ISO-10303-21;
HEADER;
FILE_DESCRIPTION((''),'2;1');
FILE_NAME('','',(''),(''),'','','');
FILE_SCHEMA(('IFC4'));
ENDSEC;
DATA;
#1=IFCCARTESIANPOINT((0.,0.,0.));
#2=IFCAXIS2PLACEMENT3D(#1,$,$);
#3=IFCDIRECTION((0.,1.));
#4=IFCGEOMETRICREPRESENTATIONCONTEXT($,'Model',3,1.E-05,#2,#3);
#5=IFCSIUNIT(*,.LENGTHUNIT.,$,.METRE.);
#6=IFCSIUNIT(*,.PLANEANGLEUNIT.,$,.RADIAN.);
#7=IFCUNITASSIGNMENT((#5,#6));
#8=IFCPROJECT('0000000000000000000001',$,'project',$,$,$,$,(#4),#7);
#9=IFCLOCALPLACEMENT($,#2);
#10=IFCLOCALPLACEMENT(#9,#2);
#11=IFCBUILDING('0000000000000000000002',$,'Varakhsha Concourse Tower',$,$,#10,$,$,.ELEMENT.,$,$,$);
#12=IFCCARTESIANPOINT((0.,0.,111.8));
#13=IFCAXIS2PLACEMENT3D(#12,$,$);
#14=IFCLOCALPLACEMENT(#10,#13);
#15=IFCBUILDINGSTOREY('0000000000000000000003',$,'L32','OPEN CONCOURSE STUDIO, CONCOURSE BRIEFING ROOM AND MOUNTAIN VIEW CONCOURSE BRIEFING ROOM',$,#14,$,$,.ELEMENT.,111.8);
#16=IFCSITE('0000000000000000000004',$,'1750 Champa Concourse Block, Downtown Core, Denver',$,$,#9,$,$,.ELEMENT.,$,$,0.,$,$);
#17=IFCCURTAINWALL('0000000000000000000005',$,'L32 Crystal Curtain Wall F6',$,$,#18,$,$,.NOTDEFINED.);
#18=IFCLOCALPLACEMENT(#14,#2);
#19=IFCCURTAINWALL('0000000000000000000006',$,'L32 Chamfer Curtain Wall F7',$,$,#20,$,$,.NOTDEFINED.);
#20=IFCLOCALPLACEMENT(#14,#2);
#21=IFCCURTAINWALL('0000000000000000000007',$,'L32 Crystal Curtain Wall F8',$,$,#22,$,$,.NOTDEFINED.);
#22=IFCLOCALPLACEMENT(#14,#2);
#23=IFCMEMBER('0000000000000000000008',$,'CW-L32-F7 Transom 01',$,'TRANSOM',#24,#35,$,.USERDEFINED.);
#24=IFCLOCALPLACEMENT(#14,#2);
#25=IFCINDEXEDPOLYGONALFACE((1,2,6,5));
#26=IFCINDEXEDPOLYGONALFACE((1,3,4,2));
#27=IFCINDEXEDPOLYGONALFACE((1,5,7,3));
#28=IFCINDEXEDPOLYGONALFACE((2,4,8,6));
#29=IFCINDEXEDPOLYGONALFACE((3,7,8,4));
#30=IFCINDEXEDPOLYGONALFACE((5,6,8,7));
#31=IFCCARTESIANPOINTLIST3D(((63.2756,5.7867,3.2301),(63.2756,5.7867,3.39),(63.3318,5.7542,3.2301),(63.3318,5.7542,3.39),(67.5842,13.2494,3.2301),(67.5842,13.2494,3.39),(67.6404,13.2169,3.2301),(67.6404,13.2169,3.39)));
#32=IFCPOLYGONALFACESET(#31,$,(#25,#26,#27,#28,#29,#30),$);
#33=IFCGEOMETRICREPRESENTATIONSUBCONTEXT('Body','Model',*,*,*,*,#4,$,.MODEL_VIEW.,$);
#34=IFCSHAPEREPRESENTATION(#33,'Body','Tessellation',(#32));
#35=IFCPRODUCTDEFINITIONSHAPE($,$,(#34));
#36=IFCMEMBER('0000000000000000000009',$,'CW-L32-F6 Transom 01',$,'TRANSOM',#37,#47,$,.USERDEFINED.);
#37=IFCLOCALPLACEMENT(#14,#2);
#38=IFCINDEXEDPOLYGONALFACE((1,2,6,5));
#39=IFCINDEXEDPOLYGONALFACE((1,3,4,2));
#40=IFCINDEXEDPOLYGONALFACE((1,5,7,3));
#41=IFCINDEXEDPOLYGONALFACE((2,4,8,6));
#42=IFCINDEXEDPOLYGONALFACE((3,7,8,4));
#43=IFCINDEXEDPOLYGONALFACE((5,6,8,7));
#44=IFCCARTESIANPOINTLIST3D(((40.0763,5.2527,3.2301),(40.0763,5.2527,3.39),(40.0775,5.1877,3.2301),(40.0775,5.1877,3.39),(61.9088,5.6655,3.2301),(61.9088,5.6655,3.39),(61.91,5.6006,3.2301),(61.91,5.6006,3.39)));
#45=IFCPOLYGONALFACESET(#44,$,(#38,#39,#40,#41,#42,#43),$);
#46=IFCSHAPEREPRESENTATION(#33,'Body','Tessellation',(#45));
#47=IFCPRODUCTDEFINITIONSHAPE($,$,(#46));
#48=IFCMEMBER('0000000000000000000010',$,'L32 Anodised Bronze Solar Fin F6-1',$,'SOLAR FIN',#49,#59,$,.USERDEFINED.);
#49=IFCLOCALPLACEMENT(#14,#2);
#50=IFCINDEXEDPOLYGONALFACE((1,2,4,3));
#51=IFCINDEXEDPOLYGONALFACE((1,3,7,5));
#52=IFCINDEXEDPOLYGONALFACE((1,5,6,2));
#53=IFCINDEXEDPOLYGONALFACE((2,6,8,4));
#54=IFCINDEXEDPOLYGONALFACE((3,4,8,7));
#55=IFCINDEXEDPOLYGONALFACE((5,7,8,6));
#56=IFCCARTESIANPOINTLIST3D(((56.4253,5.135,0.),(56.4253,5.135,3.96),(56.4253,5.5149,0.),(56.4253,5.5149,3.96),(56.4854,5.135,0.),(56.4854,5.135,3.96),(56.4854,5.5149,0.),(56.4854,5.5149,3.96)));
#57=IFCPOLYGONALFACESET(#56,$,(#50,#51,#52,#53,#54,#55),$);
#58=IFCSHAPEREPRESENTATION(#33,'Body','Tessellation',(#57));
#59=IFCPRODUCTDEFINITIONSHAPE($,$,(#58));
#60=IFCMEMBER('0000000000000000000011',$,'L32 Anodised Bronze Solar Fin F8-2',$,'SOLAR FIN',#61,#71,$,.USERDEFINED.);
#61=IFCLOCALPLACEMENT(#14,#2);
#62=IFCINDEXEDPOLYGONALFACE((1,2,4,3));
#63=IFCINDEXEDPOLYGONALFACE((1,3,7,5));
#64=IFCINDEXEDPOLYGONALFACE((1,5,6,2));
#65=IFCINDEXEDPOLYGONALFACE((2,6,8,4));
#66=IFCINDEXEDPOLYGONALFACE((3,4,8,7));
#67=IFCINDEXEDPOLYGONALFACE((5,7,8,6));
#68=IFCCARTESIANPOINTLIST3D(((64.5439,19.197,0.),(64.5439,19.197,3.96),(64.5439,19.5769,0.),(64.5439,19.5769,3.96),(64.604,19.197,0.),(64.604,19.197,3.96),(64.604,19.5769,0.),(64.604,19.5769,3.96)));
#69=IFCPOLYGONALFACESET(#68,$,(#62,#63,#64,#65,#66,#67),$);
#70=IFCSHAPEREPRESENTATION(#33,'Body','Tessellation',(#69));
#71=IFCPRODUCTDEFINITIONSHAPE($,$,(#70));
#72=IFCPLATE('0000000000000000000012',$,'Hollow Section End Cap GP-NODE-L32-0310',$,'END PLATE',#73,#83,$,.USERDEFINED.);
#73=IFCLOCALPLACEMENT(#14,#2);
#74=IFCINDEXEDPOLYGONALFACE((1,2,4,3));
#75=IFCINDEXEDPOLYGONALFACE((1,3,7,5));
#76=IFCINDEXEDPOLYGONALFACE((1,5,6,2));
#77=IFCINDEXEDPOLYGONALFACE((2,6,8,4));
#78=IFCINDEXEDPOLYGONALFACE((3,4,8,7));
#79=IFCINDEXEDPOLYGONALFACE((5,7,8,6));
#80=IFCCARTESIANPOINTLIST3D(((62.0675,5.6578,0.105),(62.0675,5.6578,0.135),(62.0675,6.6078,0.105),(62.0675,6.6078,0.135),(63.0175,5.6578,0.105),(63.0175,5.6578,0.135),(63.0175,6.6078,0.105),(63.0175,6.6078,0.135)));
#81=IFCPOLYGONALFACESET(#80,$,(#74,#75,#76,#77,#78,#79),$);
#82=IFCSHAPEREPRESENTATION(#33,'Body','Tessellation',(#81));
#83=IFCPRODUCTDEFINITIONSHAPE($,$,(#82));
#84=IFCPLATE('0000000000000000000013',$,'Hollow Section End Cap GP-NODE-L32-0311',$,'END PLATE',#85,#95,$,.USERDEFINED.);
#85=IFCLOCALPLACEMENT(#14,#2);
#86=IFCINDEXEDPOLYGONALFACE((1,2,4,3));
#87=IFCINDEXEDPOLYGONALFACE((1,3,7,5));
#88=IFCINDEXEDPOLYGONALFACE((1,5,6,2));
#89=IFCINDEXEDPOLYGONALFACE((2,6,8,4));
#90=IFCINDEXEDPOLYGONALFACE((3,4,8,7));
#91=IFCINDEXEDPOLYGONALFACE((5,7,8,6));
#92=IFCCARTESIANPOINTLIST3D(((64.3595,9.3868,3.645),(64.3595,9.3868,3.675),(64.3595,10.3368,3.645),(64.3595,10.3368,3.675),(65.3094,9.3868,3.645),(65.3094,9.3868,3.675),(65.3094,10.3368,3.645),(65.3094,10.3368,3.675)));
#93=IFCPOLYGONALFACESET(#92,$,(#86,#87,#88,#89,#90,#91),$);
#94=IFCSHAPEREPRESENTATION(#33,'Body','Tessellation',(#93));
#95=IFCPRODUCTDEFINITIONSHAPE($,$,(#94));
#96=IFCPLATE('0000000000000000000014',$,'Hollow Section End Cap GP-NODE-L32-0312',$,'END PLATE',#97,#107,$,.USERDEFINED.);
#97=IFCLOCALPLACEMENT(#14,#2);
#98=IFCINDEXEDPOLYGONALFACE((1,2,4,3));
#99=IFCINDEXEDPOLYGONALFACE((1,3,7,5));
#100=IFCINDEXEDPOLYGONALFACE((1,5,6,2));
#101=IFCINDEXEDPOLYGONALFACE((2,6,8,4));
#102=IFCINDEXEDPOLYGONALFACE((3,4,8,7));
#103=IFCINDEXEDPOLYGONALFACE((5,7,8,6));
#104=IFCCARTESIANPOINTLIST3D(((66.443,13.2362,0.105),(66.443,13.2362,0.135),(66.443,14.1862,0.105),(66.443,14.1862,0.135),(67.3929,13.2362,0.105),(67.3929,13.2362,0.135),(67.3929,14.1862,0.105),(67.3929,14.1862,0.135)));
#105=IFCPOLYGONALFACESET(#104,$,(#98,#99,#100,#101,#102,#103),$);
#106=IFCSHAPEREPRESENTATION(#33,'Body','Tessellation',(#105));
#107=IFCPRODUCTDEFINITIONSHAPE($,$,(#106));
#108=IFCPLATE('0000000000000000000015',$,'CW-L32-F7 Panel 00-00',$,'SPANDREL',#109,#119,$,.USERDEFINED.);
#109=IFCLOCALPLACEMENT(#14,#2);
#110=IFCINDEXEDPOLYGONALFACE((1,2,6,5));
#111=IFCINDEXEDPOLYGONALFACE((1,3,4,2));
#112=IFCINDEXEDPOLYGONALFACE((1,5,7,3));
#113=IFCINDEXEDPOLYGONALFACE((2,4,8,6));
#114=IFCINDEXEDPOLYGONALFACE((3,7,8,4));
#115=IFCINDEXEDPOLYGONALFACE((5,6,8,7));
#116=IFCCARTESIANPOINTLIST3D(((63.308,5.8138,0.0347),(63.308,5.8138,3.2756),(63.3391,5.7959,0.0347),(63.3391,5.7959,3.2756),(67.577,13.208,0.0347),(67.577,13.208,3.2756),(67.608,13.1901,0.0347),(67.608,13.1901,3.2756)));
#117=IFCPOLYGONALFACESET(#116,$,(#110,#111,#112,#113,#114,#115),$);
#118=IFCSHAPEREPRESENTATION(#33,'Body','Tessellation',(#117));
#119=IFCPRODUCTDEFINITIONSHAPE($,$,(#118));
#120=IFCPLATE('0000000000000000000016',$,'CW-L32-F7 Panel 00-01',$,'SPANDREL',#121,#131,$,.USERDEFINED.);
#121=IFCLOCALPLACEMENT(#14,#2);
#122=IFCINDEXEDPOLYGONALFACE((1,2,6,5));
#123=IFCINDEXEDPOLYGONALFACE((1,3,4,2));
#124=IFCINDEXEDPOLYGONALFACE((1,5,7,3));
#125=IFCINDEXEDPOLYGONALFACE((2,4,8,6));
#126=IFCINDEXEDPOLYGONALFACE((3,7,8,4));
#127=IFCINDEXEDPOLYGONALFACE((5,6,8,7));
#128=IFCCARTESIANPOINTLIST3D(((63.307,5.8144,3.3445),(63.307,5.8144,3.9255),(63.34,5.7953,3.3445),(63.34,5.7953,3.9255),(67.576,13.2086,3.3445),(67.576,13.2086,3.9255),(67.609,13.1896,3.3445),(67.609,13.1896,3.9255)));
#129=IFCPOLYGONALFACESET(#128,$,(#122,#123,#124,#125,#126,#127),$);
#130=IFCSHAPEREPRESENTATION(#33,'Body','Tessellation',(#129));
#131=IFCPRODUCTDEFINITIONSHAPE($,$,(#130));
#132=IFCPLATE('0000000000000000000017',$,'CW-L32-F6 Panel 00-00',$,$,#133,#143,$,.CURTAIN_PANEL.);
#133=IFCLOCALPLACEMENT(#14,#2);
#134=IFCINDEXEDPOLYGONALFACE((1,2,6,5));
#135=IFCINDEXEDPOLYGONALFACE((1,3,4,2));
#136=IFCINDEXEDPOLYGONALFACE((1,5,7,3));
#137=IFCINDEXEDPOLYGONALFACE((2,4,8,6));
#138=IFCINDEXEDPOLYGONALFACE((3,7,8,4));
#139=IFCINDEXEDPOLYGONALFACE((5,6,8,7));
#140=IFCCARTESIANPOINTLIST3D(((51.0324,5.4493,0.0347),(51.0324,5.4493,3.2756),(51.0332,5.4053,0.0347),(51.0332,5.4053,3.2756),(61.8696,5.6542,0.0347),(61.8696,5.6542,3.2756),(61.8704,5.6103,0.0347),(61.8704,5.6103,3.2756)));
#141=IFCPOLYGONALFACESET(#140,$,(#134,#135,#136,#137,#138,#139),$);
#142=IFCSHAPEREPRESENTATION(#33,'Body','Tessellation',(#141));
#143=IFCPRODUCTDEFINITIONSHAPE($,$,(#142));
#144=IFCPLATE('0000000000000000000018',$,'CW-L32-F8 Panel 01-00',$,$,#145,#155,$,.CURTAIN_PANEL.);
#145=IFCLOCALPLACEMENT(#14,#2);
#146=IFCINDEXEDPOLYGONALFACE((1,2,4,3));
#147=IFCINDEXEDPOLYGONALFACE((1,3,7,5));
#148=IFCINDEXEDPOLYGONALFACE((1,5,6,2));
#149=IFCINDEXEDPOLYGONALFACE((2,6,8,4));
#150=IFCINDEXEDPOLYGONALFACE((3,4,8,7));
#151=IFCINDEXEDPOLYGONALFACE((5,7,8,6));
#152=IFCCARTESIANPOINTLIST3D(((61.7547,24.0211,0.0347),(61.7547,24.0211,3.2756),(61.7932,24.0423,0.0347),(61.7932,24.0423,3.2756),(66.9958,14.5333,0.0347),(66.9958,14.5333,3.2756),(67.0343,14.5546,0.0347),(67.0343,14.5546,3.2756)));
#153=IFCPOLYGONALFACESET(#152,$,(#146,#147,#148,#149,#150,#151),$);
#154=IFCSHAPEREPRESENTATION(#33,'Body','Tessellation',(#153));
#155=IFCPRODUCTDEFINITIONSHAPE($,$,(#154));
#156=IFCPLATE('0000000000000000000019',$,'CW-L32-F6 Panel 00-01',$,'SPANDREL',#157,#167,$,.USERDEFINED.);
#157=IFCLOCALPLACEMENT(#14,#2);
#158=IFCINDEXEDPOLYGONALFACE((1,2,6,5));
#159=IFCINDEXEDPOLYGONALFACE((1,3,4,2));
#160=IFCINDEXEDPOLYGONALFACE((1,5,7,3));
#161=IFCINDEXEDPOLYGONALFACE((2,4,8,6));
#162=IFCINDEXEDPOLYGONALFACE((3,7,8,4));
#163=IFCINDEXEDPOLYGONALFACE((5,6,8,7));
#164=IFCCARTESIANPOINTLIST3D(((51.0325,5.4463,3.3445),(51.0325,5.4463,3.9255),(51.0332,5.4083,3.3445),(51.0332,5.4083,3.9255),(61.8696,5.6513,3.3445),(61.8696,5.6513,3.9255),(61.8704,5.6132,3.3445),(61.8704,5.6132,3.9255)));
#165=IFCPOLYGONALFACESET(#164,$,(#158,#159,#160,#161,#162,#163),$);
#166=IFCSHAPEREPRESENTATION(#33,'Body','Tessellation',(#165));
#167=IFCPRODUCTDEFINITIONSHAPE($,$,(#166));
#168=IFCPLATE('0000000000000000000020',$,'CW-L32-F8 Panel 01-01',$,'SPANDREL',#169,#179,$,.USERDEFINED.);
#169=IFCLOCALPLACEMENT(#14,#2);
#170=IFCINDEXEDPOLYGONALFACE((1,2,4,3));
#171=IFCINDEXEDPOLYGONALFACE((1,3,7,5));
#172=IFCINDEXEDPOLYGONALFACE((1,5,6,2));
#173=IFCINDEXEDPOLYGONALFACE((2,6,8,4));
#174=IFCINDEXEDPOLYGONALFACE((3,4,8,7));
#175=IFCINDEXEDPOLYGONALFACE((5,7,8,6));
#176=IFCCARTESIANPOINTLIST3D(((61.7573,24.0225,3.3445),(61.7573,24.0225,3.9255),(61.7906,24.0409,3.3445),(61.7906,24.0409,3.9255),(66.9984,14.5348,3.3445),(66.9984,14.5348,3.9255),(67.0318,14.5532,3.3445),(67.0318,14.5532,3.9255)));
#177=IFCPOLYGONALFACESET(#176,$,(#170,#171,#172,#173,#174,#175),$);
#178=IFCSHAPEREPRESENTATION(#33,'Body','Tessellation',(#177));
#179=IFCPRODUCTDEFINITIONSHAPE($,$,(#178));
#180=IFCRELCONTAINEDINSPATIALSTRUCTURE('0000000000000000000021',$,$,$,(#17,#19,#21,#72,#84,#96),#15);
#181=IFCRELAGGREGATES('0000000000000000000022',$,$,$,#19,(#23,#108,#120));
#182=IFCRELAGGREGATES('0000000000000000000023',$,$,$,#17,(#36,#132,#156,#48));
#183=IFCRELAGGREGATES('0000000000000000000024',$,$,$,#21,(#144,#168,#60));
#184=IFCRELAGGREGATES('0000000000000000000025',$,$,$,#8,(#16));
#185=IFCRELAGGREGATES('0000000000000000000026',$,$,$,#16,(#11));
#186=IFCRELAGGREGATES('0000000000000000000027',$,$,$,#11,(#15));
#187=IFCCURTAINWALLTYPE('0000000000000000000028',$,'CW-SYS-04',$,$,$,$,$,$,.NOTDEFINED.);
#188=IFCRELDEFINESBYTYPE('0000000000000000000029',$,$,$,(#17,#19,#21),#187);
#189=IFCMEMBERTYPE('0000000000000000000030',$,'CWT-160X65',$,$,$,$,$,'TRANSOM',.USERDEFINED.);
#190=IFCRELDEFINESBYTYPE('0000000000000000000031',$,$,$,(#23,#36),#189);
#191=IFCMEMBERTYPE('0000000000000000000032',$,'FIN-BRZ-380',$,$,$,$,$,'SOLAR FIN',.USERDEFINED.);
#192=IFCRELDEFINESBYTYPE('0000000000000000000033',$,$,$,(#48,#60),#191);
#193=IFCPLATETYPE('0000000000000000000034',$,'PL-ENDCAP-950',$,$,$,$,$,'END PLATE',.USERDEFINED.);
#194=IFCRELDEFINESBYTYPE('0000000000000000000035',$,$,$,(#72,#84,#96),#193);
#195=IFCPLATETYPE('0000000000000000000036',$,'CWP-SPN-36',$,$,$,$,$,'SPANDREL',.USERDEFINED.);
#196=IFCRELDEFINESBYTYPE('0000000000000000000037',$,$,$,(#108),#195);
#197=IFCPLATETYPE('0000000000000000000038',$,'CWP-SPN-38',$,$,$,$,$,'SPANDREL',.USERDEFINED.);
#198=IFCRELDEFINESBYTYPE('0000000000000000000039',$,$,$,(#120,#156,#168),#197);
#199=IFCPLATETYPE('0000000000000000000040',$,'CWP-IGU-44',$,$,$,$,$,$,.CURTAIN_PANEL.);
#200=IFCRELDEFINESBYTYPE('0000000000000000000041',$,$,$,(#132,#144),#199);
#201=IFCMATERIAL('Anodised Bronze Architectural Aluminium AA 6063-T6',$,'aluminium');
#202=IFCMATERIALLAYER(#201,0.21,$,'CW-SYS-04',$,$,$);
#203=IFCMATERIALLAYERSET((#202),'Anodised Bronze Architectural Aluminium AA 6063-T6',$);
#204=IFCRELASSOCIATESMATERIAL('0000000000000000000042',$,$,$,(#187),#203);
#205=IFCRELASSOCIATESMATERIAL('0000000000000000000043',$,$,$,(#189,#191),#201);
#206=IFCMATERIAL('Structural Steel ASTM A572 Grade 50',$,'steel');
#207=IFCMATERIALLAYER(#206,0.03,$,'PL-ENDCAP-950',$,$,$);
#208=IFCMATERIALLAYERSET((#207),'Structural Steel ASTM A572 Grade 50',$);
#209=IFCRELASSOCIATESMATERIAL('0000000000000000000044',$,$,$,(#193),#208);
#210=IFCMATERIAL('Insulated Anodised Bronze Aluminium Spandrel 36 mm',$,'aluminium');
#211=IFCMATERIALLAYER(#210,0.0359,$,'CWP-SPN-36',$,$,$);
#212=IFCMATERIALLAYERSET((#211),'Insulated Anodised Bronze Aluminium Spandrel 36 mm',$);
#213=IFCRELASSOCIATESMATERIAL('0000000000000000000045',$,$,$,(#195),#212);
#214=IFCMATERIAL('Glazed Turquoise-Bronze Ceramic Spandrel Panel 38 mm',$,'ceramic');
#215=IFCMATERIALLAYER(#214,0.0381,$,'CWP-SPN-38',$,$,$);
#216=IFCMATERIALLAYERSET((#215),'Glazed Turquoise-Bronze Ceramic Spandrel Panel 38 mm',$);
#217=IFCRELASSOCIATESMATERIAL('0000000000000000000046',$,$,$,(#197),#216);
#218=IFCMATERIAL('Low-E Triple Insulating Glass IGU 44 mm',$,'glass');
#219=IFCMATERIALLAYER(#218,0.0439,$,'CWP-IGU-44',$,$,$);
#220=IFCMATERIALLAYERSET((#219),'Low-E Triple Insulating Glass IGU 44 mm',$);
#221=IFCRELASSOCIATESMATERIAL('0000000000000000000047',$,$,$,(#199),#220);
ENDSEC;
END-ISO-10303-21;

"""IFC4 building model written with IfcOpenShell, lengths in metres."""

from ifc_helpers import new_model, si_unit, direction, frame, origin, origin_2d, place, context, subcontext, project, spatial, rectangle, extrude, source, transform, mapped, material, layer, layer_set, material_profile, profile_set, type_object, type_shapes, element, aggregate, save


model = new_model("IFC4")

# Units and contexts
model_context = context("Model", 3, precision=1e-05, world=origin(), true_north=direction((0.0, 1.0)))
body_context = subcontext(model_context, "Body", "Model", "MODEL_VIEW")
ifc_project = project(units=[si_unit("LENGTHUNIT", "METRE"), si_unit("PLANEANGLEUNIT", "RADIAN")], contexts=[model_context])

# Site, building, storey
site_placement = place(None, origin())
site = spatial("IfcSite", under=ifc_project, at=site_placement, Name="1750 Champa Concourse Block, Downtown Core, Denver", CompositionType="ELEMENT", RefElevation=0.0)
building_placement = place(site_placement, origin())
building = spatial("IfcBuilding", under=site, at=building_placement, Name="Varakhsha Concourse Tower", CompositionType="ELEMENT")
storey_placement = place(building_placement, frame((0.0, 0.0, 111.8)))
storey = spatial("IfcBuildingStorey", under=building, at=storey_placement, Name="L32", Description="OPEN CONCOURSE STUDIO, CONCOURSE BRIEFING ROOM AND MOUNTAIN VIEW CONCOURSE BRIEFING ROOM", CompositionType="ELEMENT", Elevation=111.8)

# Shared definitions
ifc_material_1 = material(Name="Structural Steel ASTM A572 Grade 50", Category="steel")

# Curtain wall
ifc_material_2 = material(Name="Anodised Bronze Architectural Aluminium AA 6063-T6", Category="aluminium")
ifc_layer_1 = layer(ifc_material_2, 0.21, Name="CW-SYS-04")
ifc_layer_set_1 = layer_set([ifc_layer_1], Name="Anodised Bronze Architectural Aluminium AA 6063-T6")
curtain_wall_type = type_object("IfcCurtainWallType", Name="CW-SYS-04", PredefinedType="NOTDEFINED", material=ifc_layer_set_1)
curtain_wall_1_placement = place(storey_placement, origin())
curtain_wall_1 = element("IfcCurtainWall", 1, at=curtain_wall_1_placement, inside=storey, type_object=curtain_wall_type, Name="L32 Crystal Curtain Wall F6", PredefinedType="NOTDEFINED")

# Curtain wall
curtain_wall_2_placement = place(storey_placement, origin())
curtain_wall_2 = element("IfcCurtainWall", 2, at=curtain_wall_2_placement, inside=storey, type_object=curtain_wall_type, Name="L32 Chamfer Curtain Wall F7", PredefinedType="NOTDEFINED")

# Curtain wall
curtain_wall_3_placement = place(storey_placement, origin())
curtain_wall_3 = element("IfcCurtainWall", 3, at=curtain_wall_3_placement, inside=storey, type_object=curtain_wall_type, Name="L32 Crystal Curtain Wall F8", PredefinedType="NOTDEFINED")

# Members
ifc_material_profile_1 = material_profile(ifc_material_2, rectangle(XDim=0.0649, YDim=0.1599, at=origin_2d()), Name="CWT-160X65")
ifc_profile_set_1 = profile_set([ifc_material_profile_1], Name="Anodised Bronze Architectural Aluminium AA 6063-T6")
member_type_1 = type_object("IfcMemberType", Name="CWT-160X65", ElementType="TRANSOM", PredefinedType="USERDEFINED", material=ifc_profile_set_1)
shared_shape_1 = source(origin(), body_context, "Body", "SweptSolid", [
    extrude(rectangle(XDim=0.0649, YDim=0.1599, at=origin_2d()), origin(), (0.0, 0.0, 1.0), 8.6172),
])
member_1_placement = place(storey_placement, frame((67.6123, 13.2332, 3.3101), z_axis=(-0.500003, -0.866024, 0.0), x_axis=(0.866024, -0.500003, 0.0)))
member_1 = element("IfcMember", 4, at=member_1_placement, type_object=member_type_1, Name="CW-L32-F7 Transom 01", ObjectType="TRANSOM", PredefinedType="USERDEFINED", context=body_context, shape_type="MappedRepresentation", body=[
    mapped(shared_shape_1, transform((0.0, 0.0, 0.0), scale=1.0)),
])
shared_shape_2 = source(origin(), body_context, "Body", "SweptSolid", [
    extrude(rectangle(XDim=0.0649, YDim=0.1599, at=origin_2d()), origin(), (0.0, 0.0, 1.0), 21.8364),
])
type_shapes(member_type_1, [shared_shape_1, shared_shape_2])
member_2_placement = place(storey_placement, frame((61.9094, 5.6331, 3.3101), z_axis=(-0.999821, -0.018906, 0.0), x_axis=(0.018906, -0.999821, 0.0)))
member_2 = element("IfcMember", 5, at=member_2_placement, type_object=member_type_1, Name="CW-L32-F6 Transom 01", ObjectType="TRANSOM", PredefinedType="USERDEFINED", context=body_context, shape_type="MappedRepresentation", body=[
    mapped(shared_shape_2, transform((0.0, 0.0, 0.0), scale=1.0)),
])
ifc_material_profile_2 = material_profile(ifc_material_2, rectangle(XDim=0.0601, YDim=0.3799, at=origin_2d()), Name="FIN-BRZ-380")
ifc_profile_set_2 = profile_set([ifc_material_profile_2], Name="Anodised Bronze Architectural Aluminium AA 6063-T6")
member_type_2 = type_object("IfcMemberType", Name="FIN-BRZ-380", ElementType="SOLAR FIN", PredefinedType="USERDEFINED", material=ifc_profile_set_2)
shared_shape_3 = source(origin(), body_context, "Body", "SweptSolid", [
    extrude(rectangle(XDim=0.0601, YDim=0.3799, at=origin_2d()), origin(), (0.0, 0.0, 1.0), 3.96),
])
type_shapes(member_type_2, [shared_shape_3])
member_3_placement = place(storey_placement, frame((56.4553, 5.325, 0.0), z_axis=(0.0, 0.0, 1.0), x_axis=(1.0, 0.0, 0.0)))
member_3 = element("IfcMember", 6, at=member_3_placement, type_object=member_type_2, Name="L32 Anodised Bronze Solar Fin F6-1", ObjectType="SOLAR FIN", PredefinedType="USERDEFINED", context=body_context, shape_type="MappedRepresentation", body=[
    mapped(shared_shape_3, transform((0.0, 0.0, 0.0), scale=1.0)),
])
member_4_placement = place(storey_placement, frame((64.574, 19.387, 0.0), z_axis=(0.0, 0.0, 1.0), x_axis=(1.0, 0.0, 0.0)))
member_4 = element("IfcMember", 7, at=member_4_placement, type_object=member_type_2, Name="L32 Anodised Bronze Solar Fin F8-2", ObjectType="SOLAR FIN", PredefinedType="USERDEFINED", context=body_context, shape_type="MappedRepresentation", body=[
    mapped(shared_shape_3, transform((0.0, 0.0, 0.0), scale=1.0)),
])

# Plates
ifc_layer_2 = layer(ifc_material_1, 0.03, Name="PL-ENDCAP-950")
ifc_layer_set_2 = layer_set([ifc_layer_2], Name="Structural Steel ASTM A572 Grade 50")
plate_type_1 = type_object("IfcPlateType", Name="PL-ENDCAP-950", ElementType="END PLATE", PredefinedType="USERDEFINED", material=ifc_layer_set_2)
shared_shape_4 = source(origin(), body_context, "Body", "SweptSolid", [
    extrude(rectangle(XDim=0.95, YDim=0.95, at=origin_2d()), origin(), (0.0, 0.0, 1.0), 0.03),
])
type_shapes(plate_type_1, [shared_shape_4])
for number, where, z_axis, x_axis, name in (
    (8, (62.5425, 6.1328, 0.105), (0.0, 0.0, 1.0), (1.0, 0.0, 0.0), "Hollow Section End Cap GP-NODE-L32-0310"),
    (9, (64.8345, 9.8618, 3.645), (0.0, 0.0, 1.0), (1.0, 0.0, 0.0), "Hollow Section End Cap GP-NODE-L32-0311"),
    (10, (66.918, 13.7112, 0.105), (0.0, 0.0, 1.0), (1.0, 0.0, 0.0), "Hollow Section End Cap GP-NODE-L32-0312"),
):
    element("IfcPlate", number, at=place(storey_placement, frame(where, z_axis=z_axis, x_axis=x_axis)), inside=storey, type_object=plate_type_1, Name=name, ObjectType="END PLATE", PredefinedType="USERDEFINED", context=body_context, shape_type="MappedRepresentation", body=[
        mapped(shared_shape_4, transform((0.0, 0.0, 0.0), scale=1.0)),
    ])

# Plates
ifc_material_3 = material(Name="Insulated Anodised Bronze Aluminium Spandrel 36 mm", Category="aluminium")
ifc_layer_3 = layer(ifc_material_3, 0.0359, Name="CWP-SPN-36")
ifc_layer_set_3 = layer_set([ifc_layer_3], Name="Insulated Anodised Bronze Aluminium Spandrel 36 mm")
plate_type_2 = type_object("IfcPlateType", Name="CWP-SPN-36", ElementType="SPANDREL", PredefinedType="USERDEFINED", material=ifc_layer_set_3)
shared_shape_5 = source(origin(), body_context, "Body", "SweptSolid", [
    extrude(rectangle(XDim=8.5381, YDim=0.0359, at=origin_2d()), origin(), (0.0, 0.0, 1.0), 3.241),
])
type_shapes(plate_type_2, [shared_shape_5])
plate_1_placement = place(storey_placement, frame((65.458, 9.502, 0.0347), z_axis=(0.0, 0.0, 1.0), x_axis=(-0.499992, -0.86603, 0.0)))
plate_1 = element("IfcPlate", 11, at=plate_1_placement, type_object=plate_type_2, Name="CW-L32-F7 Panel 00-00", ObjectType="SPANDREL", PredefinedType="USERDEFINED", context=body_context, shape_type="MappedRepresentation", body=[
    mapped(shared_shape_5, transform((0.0, 0.0, 0.0), scale=1.0)),
])
ifc_material_4 = material(Name="Glazed Turquoise-Bronze Ceramic Spandrel Panel 38 mm", Category="ceramic")
ifc_layer_4 = layer(ifc_material_4, 0.0381, Name="CWP-SPN-38")
ifc_layer_set_4 = layer_set([ifc_layer_4], Name="Glazed Turquoise-Bronze Ceramic Spandrel Panel 38 mm")
plate_type_3 = type_object("IfcPlateType", Name="CWP-SPN-38", ElementType="SPANDREL", PredefinedType="USERDEFINED", material=ifc_layer_set_4)
shared_shape_6 = source(origin(), body_context, "Body", "SweptSolid", [
    extrude(rectangle(XDim=8.5381, YDim=0.0381, at=origin_2d()), origin(), (0.0, 0.0, 1.0), 0.5811),
])
plate_2_placement = place(storey_placement, frame((65.458, 9.502, 3.3445), z_axis=(0.0, 0.0, 1.0), x_axis=(-0.499992, -0.86603, 0.0)))
plate_2 = element("IfcPlate", 12, at=plate_2_placement, type_object=plate_type_3, Name="CW-L32-F7 Panel 00-01", ObjectType="SPANDREL", PredefinedType="USERDEFINED", context=body_context, shape_type="MappedRepresentation", body=[
    mapped(shared_shape_6, transform((0.0, 0.0, 0.0), scale=1.0)),
])
aggregate(curtain_wall_2, [member_1, plate_1, plate_2])
ifc_material_5 = material(Name="Low-E Triple Insulating Glass IGU 44 mm", Category="glass")
ifc_layer_5 = layer(ifc_material_5, 0.0439, Name="CWP-IGU-44")
ifc_layer_set_5 = layer_set([ifc_layer_5], Name="Low-E Triple Insulating Glass IGU 44 mm")
plate_type_4 = type_object("IfcPlateType", Name="CWP-IGU-44", PredefinedType="CURTAIN_PANEL", material=ifc_layer_set_5)
shared_shape_7 = source(origin(), body_context, "Body", "SweptSolid", [
    extrude(rectangle(XDim=10.8391, YDim=0.0439, at=origin_2d()), origin(), (0.0, 0.0, 1.0), 3.241),
])
type_shapes(plate_type_4, [shared_shape_7])
plate_3_placement = place(storey_placement, frame((56.4514, 5.5298, 0.0347), z_axis=(0.0, 0.0, 1.0), x_axis=(-0.999821, -0.01891, 0.0)))
plate_3 = element("IfcPlate", 13, at=plate_3_placement, type_object=plate_type_4, Name="CW-L32-F6 Panel 00-00", PredefinedType="CURTAIN_PANEL", context=body_context, shape_type="MappedRepresentation", body=[
    mapped(shared_shape_7, transform((0.0, 0.0, 0.0), scale=1.0)),
])
plate_4_placement = place(storey_placement, frame((64.3945, 19.2878, 0.0347), z_axis=(0.0, 0.0, 1.0), x_axis=(0.483536, -0.875324, 0.0)))
plate_4 = element("IfcPlate", 14, at=plate_4_placement, type_object=plate_type_4, Name="CW-L32-F8 Panel 01-00", PredefinedType="CURTAIN_PANEL", context=body_context, shape_type="MappedRepresentation", body=[
    mapped(shared_shape_7, transform((0.0, 0.0, 0.0), scale=1.0)),
])
shared_shape_8 = source(origin(), body_context, "Body", "SweptSolid", [
    extrude(rectangle(XDim=10.8391, YDim=0.0381, at=origin_2d()), origin(), (0.0, 0.0, 1.0), 0.5811),
])
type_shapes(plate_type_3, [shared_shape_6, shared_shape_8])
plate_5_placement = place(storey_placement, frame((56.4514, 5.5298, 3.3445), z_axis=(0.0, 0.0, 1.0), x_axis=(-0.999821, -0.01891, 0.0)))
plate_5 = element("IfcPlate", 15, at=plate_5_placement, type_object=plate_type_3, Name="CW-L32-F6 Panel 00-01", ObjectType="SPANDREL", PredefinedType="USERDEFINED", context=body_context, shape_type="MappedRepresentation", body=[
    mapped(shared_shape_8, transform((0.0, 0.0, 0.0), scale=1.0)),
])
aggregate(curtain_wall_1, [member_2, plate_3, plate_5, member_3])
plate_6_placement = place(storey_placement, frame((64.3945, 19.2878, 3.3445), z_axis=(0.0, 0.0, 1.0), x_axis=(0.483536, -0.875324, 0.0)))
plate_6 = element("IfcPlate", 16, at=plate_6_placement, type_object=plate_type_3, Name="CW-L32-F8 Panel 01-01", ObjectType="SPANDREL", PredefinedType="USERDEFINED", context=body_context, shape_type="MappedRepresentation", body=[
    mapped(shared_shape_8, transform((0.0, 0.0, 0.0), scale=1.0)),
])
aggregate(curtain_wall_3, [plate_4, plate_6, member_4])

save(model, "model.ifc")
